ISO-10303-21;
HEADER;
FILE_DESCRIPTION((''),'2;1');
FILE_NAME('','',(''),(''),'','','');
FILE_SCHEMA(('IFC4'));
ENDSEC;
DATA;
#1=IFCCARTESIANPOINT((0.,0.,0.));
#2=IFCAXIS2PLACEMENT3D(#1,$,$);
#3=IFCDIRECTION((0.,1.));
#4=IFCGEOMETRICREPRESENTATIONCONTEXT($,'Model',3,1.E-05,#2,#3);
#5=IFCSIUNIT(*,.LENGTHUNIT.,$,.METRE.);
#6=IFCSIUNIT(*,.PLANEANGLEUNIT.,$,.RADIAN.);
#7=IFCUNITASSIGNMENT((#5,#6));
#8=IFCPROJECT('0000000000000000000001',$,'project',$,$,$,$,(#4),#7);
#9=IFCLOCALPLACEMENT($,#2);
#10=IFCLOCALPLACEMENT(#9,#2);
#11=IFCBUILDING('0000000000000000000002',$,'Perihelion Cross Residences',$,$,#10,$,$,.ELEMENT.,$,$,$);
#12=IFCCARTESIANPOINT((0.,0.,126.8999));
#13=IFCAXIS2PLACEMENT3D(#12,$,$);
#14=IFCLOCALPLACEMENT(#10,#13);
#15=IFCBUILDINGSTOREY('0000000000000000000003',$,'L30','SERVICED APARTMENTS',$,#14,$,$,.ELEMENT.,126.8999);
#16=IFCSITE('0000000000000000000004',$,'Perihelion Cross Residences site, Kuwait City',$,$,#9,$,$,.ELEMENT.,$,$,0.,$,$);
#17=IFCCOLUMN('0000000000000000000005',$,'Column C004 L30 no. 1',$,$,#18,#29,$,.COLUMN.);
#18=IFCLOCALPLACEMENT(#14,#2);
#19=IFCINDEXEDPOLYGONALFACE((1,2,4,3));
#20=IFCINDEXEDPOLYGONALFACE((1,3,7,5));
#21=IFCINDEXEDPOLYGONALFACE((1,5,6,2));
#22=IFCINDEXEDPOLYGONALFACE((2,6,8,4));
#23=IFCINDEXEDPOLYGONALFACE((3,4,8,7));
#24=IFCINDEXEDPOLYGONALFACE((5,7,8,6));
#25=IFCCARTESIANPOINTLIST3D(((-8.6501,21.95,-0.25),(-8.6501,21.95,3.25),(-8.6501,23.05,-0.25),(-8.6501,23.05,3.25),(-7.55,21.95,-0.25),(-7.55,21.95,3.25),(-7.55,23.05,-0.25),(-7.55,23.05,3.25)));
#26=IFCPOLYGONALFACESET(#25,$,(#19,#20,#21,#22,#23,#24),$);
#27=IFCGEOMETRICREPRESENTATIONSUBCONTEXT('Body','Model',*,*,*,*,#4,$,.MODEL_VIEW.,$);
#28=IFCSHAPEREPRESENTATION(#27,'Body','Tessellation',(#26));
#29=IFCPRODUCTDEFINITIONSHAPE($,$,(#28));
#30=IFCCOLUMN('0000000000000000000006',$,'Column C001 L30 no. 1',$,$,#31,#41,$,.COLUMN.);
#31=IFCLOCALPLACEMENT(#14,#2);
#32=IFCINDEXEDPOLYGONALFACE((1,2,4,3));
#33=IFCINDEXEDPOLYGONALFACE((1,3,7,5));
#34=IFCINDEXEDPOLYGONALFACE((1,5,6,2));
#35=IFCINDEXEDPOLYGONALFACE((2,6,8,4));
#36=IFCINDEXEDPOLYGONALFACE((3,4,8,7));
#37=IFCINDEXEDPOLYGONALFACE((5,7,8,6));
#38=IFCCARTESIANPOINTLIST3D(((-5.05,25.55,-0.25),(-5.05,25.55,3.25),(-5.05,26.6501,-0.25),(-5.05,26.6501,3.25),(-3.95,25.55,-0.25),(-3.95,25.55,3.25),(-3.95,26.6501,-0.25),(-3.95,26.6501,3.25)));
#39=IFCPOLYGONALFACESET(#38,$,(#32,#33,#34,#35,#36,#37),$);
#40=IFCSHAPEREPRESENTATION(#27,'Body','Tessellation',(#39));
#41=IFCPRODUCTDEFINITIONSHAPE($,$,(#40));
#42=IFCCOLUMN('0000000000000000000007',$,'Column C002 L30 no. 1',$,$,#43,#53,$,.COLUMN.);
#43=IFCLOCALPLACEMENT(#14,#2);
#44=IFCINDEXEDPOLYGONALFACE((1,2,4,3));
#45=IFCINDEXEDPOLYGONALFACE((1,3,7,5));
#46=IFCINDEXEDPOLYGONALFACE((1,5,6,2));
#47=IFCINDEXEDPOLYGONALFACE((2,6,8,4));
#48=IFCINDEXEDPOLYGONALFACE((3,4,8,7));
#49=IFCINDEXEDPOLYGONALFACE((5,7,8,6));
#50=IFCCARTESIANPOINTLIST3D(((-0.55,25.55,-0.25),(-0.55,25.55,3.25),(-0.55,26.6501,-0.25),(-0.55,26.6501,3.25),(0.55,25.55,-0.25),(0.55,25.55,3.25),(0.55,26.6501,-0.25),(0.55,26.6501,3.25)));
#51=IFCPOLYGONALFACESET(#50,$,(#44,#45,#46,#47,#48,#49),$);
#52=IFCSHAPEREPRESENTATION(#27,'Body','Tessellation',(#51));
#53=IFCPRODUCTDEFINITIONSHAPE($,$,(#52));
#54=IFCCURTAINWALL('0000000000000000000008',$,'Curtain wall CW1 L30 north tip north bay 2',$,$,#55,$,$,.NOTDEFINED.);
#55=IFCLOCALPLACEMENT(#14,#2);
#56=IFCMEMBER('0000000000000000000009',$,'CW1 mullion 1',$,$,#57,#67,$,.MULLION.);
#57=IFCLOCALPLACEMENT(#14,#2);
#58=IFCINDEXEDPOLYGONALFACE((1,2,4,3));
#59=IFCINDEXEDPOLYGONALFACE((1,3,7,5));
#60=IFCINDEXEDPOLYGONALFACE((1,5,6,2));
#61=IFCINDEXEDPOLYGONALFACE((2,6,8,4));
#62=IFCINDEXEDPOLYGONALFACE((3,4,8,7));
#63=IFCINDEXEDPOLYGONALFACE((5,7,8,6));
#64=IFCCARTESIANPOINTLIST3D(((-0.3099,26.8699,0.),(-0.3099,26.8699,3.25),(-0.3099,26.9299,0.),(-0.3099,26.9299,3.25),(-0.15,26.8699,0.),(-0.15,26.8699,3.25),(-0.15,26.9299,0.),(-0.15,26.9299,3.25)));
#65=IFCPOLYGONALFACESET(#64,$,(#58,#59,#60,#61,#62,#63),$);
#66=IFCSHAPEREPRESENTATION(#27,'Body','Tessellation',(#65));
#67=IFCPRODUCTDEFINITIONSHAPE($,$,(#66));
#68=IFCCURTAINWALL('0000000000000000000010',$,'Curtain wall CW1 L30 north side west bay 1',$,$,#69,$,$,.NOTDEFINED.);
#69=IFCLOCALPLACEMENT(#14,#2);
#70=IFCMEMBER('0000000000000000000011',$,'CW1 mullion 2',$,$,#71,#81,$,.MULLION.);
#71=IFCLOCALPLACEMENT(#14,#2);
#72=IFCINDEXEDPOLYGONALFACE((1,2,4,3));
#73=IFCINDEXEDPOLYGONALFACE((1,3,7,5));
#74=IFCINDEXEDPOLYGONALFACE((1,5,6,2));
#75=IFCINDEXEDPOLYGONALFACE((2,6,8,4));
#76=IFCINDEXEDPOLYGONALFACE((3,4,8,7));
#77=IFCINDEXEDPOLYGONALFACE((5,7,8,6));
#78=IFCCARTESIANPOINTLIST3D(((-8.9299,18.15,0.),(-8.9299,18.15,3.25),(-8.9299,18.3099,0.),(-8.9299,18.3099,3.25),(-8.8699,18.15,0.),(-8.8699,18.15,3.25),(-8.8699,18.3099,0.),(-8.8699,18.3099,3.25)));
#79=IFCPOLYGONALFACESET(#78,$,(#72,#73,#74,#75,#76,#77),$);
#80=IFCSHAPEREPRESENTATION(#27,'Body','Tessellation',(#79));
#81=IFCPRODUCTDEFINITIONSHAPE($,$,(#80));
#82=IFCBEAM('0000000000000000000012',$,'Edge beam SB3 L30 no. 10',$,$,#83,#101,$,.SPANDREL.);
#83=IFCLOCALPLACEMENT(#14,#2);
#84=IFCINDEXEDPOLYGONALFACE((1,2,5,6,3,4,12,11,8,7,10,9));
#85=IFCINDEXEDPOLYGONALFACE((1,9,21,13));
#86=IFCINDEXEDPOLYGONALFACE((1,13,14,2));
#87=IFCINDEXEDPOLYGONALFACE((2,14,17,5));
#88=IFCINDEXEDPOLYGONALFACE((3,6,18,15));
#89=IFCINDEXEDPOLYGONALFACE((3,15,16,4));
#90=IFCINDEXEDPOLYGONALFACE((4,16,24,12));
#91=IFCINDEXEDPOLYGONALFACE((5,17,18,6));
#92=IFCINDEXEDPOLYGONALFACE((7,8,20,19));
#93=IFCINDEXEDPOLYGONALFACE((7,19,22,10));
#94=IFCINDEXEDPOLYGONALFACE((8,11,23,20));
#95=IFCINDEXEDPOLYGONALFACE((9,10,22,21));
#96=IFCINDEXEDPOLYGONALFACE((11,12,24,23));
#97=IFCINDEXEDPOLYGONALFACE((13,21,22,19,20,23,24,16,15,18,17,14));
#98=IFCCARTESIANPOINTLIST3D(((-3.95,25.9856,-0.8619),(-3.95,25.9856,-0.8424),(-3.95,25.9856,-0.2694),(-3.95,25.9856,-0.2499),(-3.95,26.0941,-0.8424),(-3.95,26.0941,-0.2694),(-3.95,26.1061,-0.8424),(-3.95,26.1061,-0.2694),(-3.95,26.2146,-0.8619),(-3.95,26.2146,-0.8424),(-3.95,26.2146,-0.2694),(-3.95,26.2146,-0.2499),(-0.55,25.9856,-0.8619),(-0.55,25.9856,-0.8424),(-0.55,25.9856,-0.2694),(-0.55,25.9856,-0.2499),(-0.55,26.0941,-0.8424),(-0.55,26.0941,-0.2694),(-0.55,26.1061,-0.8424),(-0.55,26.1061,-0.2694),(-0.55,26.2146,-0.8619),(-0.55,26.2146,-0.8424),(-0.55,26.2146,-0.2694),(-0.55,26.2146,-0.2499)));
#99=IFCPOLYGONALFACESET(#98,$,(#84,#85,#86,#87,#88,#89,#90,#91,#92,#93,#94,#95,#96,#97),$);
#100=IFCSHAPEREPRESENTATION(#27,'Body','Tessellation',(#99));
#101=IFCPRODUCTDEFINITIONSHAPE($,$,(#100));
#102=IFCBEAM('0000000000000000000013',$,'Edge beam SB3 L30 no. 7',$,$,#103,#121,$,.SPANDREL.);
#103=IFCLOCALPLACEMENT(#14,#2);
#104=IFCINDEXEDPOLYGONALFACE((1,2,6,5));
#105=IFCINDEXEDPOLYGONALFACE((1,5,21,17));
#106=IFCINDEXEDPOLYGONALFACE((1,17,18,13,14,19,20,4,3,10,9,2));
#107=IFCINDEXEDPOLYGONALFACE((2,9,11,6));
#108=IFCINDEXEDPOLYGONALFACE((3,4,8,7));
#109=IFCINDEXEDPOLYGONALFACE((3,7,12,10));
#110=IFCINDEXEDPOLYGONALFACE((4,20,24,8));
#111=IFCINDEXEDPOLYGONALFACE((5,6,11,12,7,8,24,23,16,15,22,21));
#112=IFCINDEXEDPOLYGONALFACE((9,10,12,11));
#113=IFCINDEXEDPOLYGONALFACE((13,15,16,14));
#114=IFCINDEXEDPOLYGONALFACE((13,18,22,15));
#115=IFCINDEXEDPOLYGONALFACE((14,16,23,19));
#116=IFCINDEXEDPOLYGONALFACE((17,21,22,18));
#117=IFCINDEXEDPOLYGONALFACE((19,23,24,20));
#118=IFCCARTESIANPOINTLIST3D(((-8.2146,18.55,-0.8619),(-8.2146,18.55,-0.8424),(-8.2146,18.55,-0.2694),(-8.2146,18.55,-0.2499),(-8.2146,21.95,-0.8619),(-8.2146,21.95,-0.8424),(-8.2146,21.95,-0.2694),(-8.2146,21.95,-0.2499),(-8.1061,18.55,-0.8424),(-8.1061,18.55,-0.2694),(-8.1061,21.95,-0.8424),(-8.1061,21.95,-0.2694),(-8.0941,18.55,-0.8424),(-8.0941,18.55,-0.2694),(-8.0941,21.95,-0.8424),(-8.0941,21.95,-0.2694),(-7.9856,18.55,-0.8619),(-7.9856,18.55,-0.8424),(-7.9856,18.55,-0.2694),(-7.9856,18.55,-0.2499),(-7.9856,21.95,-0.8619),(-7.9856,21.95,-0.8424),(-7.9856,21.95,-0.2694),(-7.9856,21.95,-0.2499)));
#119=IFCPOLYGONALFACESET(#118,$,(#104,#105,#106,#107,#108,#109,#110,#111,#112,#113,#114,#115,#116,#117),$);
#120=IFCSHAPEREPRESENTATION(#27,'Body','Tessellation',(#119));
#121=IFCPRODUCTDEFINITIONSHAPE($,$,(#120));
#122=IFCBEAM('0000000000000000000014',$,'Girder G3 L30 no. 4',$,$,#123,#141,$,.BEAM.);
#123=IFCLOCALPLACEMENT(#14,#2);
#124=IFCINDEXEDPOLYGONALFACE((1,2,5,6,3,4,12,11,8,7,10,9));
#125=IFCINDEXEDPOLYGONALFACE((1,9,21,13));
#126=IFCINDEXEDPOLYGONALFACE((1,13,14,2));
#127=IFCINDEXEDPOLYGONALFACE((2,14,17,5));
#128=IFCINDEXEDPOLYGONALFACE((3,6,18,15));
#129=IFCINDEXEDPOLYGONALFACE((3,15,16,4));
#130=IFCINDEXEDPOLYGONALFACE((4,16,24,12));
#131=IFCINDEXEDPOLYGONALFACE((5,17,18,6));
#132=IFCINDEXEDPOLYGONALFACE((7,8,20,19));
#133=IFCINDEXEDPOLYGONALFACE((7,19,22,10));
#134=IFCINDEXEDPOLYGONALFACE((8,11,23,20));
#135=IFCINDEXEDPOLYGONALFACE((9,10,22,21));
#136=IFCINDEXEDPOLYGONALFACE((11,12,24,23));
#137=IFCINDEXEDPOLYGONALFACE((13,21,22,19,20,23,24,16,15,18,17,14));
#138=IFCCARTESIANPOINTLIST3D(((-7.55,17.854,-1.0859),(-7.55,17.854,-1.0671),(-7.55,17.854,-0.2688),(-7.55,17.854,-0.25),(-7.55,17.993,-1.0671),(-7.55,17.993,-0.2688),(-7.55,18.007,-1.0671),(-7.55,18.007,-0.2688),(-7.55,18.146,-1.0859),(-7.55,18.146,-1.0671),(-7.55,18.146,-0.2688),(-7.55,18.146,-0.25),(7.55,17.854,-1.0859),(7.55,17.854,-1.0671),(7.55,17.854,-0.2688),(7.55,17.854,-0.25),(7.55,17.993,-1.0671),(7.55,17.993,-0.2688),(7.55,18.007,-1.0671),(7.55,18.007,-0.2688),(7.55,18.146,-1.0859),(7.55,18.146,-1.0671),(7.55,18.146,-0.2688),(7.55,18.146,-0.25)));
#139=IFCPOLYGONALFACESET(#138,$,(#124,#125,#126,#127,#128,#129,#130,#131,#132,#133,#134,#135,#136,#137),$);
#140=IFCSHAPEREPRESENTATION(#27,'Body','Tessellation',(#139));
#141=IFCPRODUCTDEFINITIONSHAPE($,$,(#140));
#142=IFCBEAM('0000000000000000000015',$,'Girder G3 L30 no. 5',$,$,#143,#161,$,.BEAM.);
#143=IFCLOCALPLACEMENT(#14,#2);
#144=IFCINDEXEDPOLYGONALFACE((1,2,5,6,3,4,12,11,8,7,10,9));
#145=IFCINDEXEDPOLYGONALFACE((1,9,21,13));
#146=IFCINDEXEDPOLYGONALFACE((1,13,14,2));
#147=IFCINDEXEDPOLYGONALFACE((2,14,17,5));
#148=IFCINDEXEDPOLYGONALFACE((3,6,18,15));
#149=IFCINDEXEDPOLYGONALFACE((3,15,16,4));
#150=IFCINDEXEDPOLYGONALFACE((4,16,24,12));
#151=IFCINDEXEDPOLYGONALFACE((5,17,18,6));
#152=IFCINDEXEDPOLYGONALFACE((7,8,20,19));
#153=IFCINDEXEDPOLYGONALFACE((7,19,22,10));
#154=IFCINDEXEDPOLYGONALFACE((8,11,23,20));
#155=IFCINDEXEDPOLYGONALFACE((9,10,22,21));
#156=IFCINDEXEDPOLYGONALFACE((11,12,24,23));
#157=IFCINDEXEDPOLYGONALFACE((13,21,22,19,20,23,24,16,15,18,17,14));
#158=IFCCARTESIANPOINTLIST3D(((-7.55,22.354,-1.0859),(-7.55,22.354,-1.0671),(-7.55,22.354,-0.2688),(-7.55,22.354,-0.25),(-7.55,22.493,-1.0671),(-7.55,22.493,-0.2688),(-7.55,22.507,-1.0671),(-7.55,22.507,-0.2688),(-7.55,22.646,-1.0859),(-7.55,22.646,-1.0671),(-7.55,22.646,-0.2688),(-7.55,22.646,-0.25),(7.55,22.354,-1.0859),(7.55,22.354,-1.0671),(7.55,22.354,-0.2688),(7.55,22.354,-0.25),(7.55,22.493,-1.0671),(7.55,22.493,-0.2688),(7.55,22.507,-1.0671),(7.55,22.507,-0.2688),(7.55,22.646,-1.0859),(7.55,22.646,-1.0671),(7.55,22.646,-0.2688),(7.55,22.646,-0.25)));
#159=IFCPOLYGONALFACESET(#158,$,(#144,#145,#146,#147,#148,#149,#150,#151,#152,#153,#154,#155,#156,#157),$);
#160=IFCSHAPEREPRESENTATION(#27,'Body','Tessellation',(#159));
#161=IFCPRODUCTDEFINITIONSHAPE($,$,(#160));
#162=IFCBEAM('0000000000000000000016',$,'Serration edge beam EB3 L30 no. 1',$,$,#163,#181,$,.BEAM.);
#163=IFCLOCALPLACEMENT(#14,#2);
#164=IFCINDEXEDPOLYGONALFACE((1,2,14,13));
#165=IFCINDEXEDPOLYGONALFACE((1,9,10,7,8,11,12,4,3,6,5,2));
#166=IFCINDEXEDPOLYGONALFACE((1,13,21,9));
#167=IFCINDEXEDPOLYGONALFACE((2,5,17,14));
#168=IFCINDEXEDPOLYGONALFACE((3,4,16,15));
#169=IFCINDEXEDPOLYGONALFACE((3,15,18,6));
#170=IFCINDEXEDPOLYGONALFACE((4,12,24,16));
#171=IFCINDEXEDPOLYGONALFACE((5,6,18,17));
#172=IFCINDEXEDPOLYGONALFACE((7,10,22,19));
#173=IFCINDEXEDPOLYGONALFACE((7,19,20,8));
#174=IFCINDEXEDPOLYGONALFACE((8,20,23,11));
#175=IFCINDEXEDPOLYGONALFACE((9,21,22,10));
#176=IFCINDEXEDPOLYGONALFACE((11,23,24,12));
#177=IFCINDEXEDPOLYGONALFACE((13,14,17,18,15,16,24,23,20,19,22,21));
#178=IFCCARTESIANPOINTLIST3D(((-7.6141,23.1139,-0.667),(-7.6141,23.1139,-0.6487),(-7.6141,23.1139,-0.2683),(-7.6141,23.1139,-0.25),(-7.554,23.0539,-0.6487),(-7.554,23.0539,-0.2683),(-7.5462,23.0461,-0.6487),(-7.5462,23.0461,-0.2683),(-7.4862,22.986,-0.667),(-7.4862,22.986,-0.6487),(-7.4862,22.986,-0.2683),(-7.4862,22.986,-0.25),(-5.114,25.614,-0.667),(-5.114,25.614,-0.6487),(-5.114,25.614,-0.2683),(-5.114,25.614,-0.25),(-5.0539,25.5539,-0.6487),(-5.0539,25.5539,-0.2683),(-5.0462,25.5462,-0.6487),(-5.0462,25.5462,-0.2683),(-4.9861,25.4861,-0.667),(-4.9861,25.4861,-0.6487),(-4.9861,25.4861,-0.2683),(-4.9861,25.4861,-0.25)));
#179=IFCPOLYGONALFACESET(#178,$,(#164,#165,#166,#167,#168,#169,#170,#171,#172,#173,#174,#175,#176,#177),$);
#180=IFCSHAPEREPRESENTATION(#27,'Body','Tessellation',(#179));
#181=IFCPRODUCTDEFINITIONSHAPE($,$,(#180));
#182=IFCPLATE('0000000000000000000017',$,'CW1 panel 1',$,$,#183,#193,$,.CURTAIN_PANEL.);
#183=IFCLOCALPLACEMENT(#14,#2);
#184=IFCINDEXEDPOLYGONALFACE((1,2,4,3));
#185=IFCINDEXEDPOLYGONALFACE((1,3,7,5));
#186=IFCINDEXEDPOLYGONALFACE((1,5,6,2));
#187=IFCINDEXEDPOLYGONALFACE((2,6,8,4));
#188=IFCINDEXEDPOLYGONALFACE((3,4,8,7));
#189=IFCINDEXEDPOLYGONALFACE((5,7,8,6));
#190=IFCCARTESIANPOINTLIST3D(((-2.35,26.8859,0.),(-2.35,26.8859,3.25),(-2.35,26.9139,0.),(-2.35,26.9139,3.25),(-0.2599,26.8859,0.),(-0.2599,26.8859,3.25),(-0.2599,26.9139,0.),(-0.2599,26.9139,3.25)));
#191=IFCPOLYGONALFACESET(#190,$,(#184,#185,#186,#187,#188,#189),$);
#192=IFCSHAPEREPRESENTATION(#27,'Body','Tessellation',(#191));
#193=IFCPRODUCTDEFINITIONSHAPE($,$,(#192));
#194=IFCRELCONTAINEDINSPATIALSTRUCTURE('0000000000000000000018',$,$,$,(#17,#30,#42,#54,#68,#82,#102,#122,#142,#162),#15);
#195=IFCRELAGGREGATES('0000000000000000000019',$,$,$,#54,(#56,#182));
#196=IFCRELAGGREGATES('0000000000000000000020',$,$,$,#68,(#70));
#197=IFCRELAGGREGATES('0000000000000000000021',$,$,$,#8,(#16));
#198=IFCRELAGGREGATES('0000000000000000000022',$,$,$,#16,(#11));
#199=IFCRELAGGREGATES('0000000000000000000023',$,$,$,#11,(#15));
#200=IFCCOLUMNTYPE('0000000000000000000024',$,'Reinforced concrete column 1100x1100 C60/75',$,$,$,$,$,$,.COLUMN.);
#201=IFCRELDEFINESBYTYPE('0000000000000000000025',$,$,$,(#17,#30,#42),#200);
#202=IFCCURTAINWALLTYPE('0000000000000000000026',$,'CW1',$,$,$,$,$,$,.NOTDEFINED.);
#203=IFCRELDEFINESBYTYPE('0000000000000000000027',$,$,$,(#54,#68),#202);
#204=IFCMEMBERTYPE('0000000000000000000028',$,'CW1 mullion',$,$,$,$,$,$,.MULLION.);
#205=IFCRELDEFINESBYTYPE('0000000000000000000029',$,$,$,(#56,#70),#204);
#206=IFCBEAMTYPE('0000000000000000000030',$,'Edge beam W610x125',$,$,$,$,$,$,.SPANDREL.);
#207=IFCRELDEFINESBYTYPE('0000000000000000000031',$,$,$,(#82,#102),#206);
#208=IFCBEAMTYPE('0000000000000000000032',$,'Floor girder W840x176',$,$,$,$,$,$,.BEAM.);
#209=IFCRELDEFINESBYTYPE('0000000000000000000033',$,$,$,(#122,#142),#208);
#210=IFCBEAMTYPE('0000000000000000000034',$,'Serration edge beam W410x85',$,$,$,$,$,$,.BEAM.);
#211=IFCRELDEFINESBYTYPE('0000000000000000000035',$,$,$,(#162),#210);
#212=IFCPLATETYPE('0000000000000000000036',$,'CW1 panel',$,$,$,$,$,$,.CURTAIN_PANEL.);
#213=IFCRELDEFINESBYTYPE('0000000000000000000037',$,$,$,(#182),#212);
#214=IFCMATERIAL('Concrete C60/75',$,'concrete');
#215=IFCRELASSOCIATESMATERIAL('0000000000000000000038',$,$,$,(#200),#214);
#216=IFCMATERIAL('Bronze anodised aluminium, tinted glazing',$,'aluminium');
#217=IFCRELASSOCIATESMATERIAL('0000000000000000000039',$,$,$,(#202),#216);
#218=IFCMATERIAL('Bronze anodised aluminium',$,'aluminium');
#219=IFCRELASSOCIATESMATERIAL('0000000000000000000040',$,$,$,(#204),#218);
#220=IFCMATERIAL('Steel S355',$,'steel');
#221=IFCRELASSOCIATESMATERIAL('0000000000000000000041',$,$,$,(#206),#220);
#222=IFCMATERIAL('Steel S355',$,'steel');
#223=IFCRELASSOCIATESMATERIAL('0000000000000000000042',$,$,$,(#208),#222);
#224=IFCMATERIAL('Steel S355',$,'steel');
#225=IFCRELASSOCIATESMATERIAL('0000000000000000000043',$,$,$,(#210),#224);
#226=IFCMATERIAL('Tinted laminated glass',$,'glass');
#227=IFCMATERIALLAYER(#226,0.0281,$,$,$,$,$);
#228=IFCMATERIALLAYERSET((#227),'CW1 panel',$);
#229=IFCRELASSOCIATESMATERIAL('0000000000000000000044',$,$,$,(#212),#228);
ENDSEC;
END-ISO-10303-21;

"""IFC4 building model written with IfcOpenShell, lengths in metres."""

from ifc_helpers import new_model, si_unit, direction, frame, origin, origin_2d, place, context, subcontext, project, spatial, rectangle, i_section, extrude, material, layer, layer_set, material_profile, profile_set, type_object, element, aggregate, save


model = new_model("IFC4")

# Units and contexts
model_context = context("Model", 3, precision=1e-05, world=origin(), true_north=direction((0.0, 1.0)))
body_context = subcontext(model_context, "Body", "Model", "MODEL_VIEW")
ifc_project = project(units=[si_unit("LENGTHUNIT", "METRE"), si_unit("PLANEANGLEUNIT", "RADIAN")], contexts=[model_context])

# Site, building, storey
site_placement = place(None, origin())
site = spatial("IfcSite", under=ifc_project, at=site_placement, Name="Perihelion Cross Residences site, Kuwait City", CompositionType="ELEMENT", RefElevation=0.0)
building_placement = place(site_placement, origin())
building = spatial("IfcBuilding", under=site, at=building_placement, Name="Perihelion Cross Residences", CompositionType="ELEMENT")
storey_placement = place(building_placement, frame((0.0, 0.0, 126.8999)))
storey = spatial("IfcBuildingStorey", under=building, at=storey_placement, Name="L30", Description="SERVICED APARTMENTS", CompositionType="ELEMENT", Elevation=126.8999)

# Columns
ifc_material_1 = material(Name="Concrete C60/75", Category="concrete")
ifc_material_profile_1 = material_profile(ifc_material_1, rectangle(XDim=1.1001, YDim=1.1001, at=origin_2d()), Name="RC 1100x1100")
ifc_profile_set_1 = profile_set([ifc_material_profile_1], Name="Concrete C60/75")
column_type = type_object("IfcColumnType", Name="Reinforced concrete column 1100x1100 C60/75", PredefinedType="COLUMN", material=ifc_profile_set_1)
for number, where, z_axis, x_axis, name in (
    (1, (-8.1001, 22.5, -0.25), (0.0, 0.0, 1.0), (1.0, 0.0, 0.0), "Column C004 L30 no. 1"),
    (2, (-4.5, 26.1001, -0.25), (0.0, 0.0, 1.0), (1.0, 0.0, 0.0), "Column C001 L30 no. 1"),
    (3, (0.0, 26.1001, -0.25), (0.0, 0.0, 1.0), (1.0, 0.0, 0.0), "Column C002 L30 no. 1"),
):
    element("IfcColumn", number, at=place(storey_placement, frame(where, z_axis=z_axis, x_axis=x_axis)), inside=storey, type_object=column_type, Name=name, PredefinedType="COLUMN", context=body_context, shape_type="SweptSolid", body=[
        extrude(rectangle(XDim=1.1001, YDim=1.1001, at=origin_2d()), origin(), (0.0, 0.0, 1.0), 3.5),
    ])

# Curtain walls, members
ifc_material_2 = material(Name="Bronze anodised aluminium, tinted glazing", Category="aluminium")
curtain_wall_type = type_object("IfcCurtainWallType", Name="CW1", PredefinedType="NOTDEFINED", material=ifc_material_2)
curtain_wall_1_placement = place(storey_placement, origin())
curtain_wall_1 = element("IfcCurtainWall", 4, at=curtain_wall_1_placement, inside=storey, type_object=curtain_wall_type, Name="Curtain wall CW1 L30 north tip north bay 2", PredefinedType="NOTDEFINED")
ifc_material_3 = material(Name="Bronze anodised aluminium", Category="aluminium")
ifc_material_profile_2 = material_profile(ifc_material_3, rectangle(XDim=0.0601, YDim=0.1599, at=origin_2d()), Name="CW1 mullion")
ifc_profile_set_2 = profile_set([ifc_material_profile_2], Name="Bronze anodised aluminium")
member_type = type_object("IfcMemberType", Name="CW1 mullion", PredefinedType="MULLION", material=ifc_profile_set_2)
member_1_placement = place(storey_placement, frame((-0.23, 26.8999, 0.0), z_axis=(0.0, 0.0, 1.0), x_axis=(0.0, -1.0, 0.0)))
member_1 = element("IfcMember", 5, at=member_1_placement, type_object=member_type, Name="CW1 mullion 1", PredefinedType="MULLION", context=body_context, shape_type="SweptSolid", body=[
    extrude(rectangle(XDim=0.0601, YDim=0.1599, at=origin_2d()), origin(), (0.0, 0.0, 1.0), 3.25),
])
curtain_wall_2_placement = place(storey_placement, origin())
curtain_wall_2 = element("IfcCurtainWall", 6, at=curtain_wall_2_placement, inside=storey, type_object=curtain_wall_type, Name="Curtain wall CW1 L30 north side west bay 1", PredefinedType="NOTDEFINED")
member_2_placement = place(storey_placement, frame((-8.8999, 18.23, 0.0), z_axis=(0.0, 0.0, 1.0), x_axis=(1.0, 0.0, 0.0)))
member_2 = element("IfcMember", 7, at=member_2_placement, type_object=member_type, Name="CW1 mullion 2", PredefinedType="MULLION", context=body_context, shape_type="SweptSolid", body=[
    extrude(rectangle(XDim=0.0601, YDim=0.1599, at=origin_2d()), origin(), (0.0, 0.0, 1.0), 3.25),
])

# Beams
ifc_material_4 = material(Name="Steel S355", Category="steel")
ifc_material_profile_3 = material_profile(ifc_material_4, i_section(OverallWidth=0.229, OverallDepth=0.6121, WebThickness=0.012, FlangeThickness=0.0195, at=origin_2d()), Name="W610x125")
ifc_profile_set_3 = profile_set([ifc_material_profile_3], Name="Steel S355")
beam_type_1 = type_object("IfcBeamType", Name="Edge beam W610x125", PredefinedType="SPANDREL", material=ifc_profile_set_3)
for number, where, z_axis, x_axis, name in (
    (8, (-0.55, 26.1001, -0.5559), (-1.0, 0.0, 0.0), (0.0, -1.0, 0.0), "Edge beam SB3 L30 no. 10"),
    (9, (-8.1001, 21.95, -0.5559), (0.0, -1.0, 0.0), (1.0, 0.0, 0.0), "Edge beam SB3 L30 no. 7"),
):
    element("IfcBeam", number, at=place(storey_placement, frame(where, z_axis=z_axis, x_axis=x_axis)), inside=storey, type_object=beam_type_1, Name=name, PredefinedType="SPANDREL", context=body_context, shape_type="SweptSolid", body=[
        extrude(i_section(OverallWidth=0.229, OverallDepth=0.6121, WebThickness=0.012, FlangeThickness=0.0195, at=origin_2d()), origin(), (0.0, 0.0, 1.0), 3.3999),
    ])
ifc_material_5 = material(Name="Steel S355", Category="steel")
ifc_material_profile_4 = material_profile(ifc_material_5, i_section(OverallWidth=0.292, OverallDepth=0.8359, WebThickness=0.0139, FlangeThickness=0.0188, at=origin_2d()), Name="W840x176")
ifc_profile_set_4 = profile_set([ifc_material_profile_4], Name="Steel S355")
beam_type_2 = type_object("IfcBeamType", Name="Floor girder W840x176", PredefinedType="BEAM", material=ifc_profile_set_4)
for number, where, z_axis, x_axis, name in (
    (10, (-7.55, 18.0, -0.668), (1.0, 0.0, 0.0), (0.0, 1.0, 0.0), "Girder G3 L30 no. 4"),
    (11, (-7.55, 22.5, -0.668), (1.0, 0.0, 0.0), (0.0, 1.0, 0.0), "Girder G3 L30 no. 5"),
):
    element("IfcBeam", number, at=place(storey_placement, frame(where, z_axis=z_axis, x_axis=x_axis)), inside=storey, type_object=beam_type_2, Name=name, PredefinedType="BEAM", context=body_context, shape_type="SweptSolid", body=[
        extrude(i_section(OverallWidth=0.292, OverallDepth=0.8359, WebThickness=0.0139, FlangeThickness=0.0188, at=origin_2d()), origin(), (0.0, 0.0, 1.0), 15.1001),
    ])
ifc_material_6 = material(Name="Steel S355", Category="steel")
ifc_material_profile_5 = material_profile(ifc_material_6, i_section(OverallWidth=0.1809, OverallDepth=0.417, WebThickness=0.011, FlangeThickness=0.0183, at=origin_2d()), Name="W410x85")
ifc_profile_set_5 = profile_set([ifc_material_profile_5], Name="Steel S355")
beam_type_3 = type_object("IfcBeamType", Name="Serration edge beam W410x85", PredefinedType="BEAM", material=ifc_profile_set_5)
beam_placement = place(storey_placement, frame((-5.05, 25.55, -0.4585), z_axis=(-0.707107, -0.707107, 0.0), x_axis=(0.707107, -0.707107, 0.0)))
element("IfcBeam", 12, at=beam_placement, inside=storey, type_object=beam_type_3, Name="Serration edge beam EB3 L30 no. 1", PredefinedType="BEAM", context=body_context, shape_type="SweptSolid", body=[
    extrude(i_section(OverallWidth=0.1809, OverallDepth=0.417, WebThickness=0.011, FlangeThickness=0.0183, at=origin_2d()), origin(), (0.0, 0.0, 1.0), 3.5356),
])

# Plate
ifc_material_7 = material(Name="Tinted laminated glass", Category="glass")
ifc_layer_1 = layer(ifc_material_7, 0.0281)
ifc_layer_set_1 = layer_set([ifc_layer_1], Name="CW1 panel")
plate_type = type_object("IfcPlateType", Name="CW1 panel", PredefinedType="CURTAIN_PANEL", material=ifc_layer_set_1)
plate_1_placement = place(storey_placement, frame((-1.3049, 26.8999, 0.0), z_axis=(0.0, 0.0, 1.0), x_axis=(-1.0, 0.0, 0.0)))
plate_1 = element("IfcPlate", 13, at=plate_1_placement, type_object=plate_type, Name="CW1 panel 1", PredefinedType="CURTAIN_PANEL", context=body_context, shape_type="SweptSolid", body=[
    extrude(rectangle(XDim=2.0901, YDim=0.0281, at=origin_2d()), origin(), (0.0, 0.0, 1.0), 3.25),
])
aggregate(curtain_wall_1, [member_1, plate_1])
aggregate(curtain_wall_2, [member_2])

save(model, "model.ifc")
